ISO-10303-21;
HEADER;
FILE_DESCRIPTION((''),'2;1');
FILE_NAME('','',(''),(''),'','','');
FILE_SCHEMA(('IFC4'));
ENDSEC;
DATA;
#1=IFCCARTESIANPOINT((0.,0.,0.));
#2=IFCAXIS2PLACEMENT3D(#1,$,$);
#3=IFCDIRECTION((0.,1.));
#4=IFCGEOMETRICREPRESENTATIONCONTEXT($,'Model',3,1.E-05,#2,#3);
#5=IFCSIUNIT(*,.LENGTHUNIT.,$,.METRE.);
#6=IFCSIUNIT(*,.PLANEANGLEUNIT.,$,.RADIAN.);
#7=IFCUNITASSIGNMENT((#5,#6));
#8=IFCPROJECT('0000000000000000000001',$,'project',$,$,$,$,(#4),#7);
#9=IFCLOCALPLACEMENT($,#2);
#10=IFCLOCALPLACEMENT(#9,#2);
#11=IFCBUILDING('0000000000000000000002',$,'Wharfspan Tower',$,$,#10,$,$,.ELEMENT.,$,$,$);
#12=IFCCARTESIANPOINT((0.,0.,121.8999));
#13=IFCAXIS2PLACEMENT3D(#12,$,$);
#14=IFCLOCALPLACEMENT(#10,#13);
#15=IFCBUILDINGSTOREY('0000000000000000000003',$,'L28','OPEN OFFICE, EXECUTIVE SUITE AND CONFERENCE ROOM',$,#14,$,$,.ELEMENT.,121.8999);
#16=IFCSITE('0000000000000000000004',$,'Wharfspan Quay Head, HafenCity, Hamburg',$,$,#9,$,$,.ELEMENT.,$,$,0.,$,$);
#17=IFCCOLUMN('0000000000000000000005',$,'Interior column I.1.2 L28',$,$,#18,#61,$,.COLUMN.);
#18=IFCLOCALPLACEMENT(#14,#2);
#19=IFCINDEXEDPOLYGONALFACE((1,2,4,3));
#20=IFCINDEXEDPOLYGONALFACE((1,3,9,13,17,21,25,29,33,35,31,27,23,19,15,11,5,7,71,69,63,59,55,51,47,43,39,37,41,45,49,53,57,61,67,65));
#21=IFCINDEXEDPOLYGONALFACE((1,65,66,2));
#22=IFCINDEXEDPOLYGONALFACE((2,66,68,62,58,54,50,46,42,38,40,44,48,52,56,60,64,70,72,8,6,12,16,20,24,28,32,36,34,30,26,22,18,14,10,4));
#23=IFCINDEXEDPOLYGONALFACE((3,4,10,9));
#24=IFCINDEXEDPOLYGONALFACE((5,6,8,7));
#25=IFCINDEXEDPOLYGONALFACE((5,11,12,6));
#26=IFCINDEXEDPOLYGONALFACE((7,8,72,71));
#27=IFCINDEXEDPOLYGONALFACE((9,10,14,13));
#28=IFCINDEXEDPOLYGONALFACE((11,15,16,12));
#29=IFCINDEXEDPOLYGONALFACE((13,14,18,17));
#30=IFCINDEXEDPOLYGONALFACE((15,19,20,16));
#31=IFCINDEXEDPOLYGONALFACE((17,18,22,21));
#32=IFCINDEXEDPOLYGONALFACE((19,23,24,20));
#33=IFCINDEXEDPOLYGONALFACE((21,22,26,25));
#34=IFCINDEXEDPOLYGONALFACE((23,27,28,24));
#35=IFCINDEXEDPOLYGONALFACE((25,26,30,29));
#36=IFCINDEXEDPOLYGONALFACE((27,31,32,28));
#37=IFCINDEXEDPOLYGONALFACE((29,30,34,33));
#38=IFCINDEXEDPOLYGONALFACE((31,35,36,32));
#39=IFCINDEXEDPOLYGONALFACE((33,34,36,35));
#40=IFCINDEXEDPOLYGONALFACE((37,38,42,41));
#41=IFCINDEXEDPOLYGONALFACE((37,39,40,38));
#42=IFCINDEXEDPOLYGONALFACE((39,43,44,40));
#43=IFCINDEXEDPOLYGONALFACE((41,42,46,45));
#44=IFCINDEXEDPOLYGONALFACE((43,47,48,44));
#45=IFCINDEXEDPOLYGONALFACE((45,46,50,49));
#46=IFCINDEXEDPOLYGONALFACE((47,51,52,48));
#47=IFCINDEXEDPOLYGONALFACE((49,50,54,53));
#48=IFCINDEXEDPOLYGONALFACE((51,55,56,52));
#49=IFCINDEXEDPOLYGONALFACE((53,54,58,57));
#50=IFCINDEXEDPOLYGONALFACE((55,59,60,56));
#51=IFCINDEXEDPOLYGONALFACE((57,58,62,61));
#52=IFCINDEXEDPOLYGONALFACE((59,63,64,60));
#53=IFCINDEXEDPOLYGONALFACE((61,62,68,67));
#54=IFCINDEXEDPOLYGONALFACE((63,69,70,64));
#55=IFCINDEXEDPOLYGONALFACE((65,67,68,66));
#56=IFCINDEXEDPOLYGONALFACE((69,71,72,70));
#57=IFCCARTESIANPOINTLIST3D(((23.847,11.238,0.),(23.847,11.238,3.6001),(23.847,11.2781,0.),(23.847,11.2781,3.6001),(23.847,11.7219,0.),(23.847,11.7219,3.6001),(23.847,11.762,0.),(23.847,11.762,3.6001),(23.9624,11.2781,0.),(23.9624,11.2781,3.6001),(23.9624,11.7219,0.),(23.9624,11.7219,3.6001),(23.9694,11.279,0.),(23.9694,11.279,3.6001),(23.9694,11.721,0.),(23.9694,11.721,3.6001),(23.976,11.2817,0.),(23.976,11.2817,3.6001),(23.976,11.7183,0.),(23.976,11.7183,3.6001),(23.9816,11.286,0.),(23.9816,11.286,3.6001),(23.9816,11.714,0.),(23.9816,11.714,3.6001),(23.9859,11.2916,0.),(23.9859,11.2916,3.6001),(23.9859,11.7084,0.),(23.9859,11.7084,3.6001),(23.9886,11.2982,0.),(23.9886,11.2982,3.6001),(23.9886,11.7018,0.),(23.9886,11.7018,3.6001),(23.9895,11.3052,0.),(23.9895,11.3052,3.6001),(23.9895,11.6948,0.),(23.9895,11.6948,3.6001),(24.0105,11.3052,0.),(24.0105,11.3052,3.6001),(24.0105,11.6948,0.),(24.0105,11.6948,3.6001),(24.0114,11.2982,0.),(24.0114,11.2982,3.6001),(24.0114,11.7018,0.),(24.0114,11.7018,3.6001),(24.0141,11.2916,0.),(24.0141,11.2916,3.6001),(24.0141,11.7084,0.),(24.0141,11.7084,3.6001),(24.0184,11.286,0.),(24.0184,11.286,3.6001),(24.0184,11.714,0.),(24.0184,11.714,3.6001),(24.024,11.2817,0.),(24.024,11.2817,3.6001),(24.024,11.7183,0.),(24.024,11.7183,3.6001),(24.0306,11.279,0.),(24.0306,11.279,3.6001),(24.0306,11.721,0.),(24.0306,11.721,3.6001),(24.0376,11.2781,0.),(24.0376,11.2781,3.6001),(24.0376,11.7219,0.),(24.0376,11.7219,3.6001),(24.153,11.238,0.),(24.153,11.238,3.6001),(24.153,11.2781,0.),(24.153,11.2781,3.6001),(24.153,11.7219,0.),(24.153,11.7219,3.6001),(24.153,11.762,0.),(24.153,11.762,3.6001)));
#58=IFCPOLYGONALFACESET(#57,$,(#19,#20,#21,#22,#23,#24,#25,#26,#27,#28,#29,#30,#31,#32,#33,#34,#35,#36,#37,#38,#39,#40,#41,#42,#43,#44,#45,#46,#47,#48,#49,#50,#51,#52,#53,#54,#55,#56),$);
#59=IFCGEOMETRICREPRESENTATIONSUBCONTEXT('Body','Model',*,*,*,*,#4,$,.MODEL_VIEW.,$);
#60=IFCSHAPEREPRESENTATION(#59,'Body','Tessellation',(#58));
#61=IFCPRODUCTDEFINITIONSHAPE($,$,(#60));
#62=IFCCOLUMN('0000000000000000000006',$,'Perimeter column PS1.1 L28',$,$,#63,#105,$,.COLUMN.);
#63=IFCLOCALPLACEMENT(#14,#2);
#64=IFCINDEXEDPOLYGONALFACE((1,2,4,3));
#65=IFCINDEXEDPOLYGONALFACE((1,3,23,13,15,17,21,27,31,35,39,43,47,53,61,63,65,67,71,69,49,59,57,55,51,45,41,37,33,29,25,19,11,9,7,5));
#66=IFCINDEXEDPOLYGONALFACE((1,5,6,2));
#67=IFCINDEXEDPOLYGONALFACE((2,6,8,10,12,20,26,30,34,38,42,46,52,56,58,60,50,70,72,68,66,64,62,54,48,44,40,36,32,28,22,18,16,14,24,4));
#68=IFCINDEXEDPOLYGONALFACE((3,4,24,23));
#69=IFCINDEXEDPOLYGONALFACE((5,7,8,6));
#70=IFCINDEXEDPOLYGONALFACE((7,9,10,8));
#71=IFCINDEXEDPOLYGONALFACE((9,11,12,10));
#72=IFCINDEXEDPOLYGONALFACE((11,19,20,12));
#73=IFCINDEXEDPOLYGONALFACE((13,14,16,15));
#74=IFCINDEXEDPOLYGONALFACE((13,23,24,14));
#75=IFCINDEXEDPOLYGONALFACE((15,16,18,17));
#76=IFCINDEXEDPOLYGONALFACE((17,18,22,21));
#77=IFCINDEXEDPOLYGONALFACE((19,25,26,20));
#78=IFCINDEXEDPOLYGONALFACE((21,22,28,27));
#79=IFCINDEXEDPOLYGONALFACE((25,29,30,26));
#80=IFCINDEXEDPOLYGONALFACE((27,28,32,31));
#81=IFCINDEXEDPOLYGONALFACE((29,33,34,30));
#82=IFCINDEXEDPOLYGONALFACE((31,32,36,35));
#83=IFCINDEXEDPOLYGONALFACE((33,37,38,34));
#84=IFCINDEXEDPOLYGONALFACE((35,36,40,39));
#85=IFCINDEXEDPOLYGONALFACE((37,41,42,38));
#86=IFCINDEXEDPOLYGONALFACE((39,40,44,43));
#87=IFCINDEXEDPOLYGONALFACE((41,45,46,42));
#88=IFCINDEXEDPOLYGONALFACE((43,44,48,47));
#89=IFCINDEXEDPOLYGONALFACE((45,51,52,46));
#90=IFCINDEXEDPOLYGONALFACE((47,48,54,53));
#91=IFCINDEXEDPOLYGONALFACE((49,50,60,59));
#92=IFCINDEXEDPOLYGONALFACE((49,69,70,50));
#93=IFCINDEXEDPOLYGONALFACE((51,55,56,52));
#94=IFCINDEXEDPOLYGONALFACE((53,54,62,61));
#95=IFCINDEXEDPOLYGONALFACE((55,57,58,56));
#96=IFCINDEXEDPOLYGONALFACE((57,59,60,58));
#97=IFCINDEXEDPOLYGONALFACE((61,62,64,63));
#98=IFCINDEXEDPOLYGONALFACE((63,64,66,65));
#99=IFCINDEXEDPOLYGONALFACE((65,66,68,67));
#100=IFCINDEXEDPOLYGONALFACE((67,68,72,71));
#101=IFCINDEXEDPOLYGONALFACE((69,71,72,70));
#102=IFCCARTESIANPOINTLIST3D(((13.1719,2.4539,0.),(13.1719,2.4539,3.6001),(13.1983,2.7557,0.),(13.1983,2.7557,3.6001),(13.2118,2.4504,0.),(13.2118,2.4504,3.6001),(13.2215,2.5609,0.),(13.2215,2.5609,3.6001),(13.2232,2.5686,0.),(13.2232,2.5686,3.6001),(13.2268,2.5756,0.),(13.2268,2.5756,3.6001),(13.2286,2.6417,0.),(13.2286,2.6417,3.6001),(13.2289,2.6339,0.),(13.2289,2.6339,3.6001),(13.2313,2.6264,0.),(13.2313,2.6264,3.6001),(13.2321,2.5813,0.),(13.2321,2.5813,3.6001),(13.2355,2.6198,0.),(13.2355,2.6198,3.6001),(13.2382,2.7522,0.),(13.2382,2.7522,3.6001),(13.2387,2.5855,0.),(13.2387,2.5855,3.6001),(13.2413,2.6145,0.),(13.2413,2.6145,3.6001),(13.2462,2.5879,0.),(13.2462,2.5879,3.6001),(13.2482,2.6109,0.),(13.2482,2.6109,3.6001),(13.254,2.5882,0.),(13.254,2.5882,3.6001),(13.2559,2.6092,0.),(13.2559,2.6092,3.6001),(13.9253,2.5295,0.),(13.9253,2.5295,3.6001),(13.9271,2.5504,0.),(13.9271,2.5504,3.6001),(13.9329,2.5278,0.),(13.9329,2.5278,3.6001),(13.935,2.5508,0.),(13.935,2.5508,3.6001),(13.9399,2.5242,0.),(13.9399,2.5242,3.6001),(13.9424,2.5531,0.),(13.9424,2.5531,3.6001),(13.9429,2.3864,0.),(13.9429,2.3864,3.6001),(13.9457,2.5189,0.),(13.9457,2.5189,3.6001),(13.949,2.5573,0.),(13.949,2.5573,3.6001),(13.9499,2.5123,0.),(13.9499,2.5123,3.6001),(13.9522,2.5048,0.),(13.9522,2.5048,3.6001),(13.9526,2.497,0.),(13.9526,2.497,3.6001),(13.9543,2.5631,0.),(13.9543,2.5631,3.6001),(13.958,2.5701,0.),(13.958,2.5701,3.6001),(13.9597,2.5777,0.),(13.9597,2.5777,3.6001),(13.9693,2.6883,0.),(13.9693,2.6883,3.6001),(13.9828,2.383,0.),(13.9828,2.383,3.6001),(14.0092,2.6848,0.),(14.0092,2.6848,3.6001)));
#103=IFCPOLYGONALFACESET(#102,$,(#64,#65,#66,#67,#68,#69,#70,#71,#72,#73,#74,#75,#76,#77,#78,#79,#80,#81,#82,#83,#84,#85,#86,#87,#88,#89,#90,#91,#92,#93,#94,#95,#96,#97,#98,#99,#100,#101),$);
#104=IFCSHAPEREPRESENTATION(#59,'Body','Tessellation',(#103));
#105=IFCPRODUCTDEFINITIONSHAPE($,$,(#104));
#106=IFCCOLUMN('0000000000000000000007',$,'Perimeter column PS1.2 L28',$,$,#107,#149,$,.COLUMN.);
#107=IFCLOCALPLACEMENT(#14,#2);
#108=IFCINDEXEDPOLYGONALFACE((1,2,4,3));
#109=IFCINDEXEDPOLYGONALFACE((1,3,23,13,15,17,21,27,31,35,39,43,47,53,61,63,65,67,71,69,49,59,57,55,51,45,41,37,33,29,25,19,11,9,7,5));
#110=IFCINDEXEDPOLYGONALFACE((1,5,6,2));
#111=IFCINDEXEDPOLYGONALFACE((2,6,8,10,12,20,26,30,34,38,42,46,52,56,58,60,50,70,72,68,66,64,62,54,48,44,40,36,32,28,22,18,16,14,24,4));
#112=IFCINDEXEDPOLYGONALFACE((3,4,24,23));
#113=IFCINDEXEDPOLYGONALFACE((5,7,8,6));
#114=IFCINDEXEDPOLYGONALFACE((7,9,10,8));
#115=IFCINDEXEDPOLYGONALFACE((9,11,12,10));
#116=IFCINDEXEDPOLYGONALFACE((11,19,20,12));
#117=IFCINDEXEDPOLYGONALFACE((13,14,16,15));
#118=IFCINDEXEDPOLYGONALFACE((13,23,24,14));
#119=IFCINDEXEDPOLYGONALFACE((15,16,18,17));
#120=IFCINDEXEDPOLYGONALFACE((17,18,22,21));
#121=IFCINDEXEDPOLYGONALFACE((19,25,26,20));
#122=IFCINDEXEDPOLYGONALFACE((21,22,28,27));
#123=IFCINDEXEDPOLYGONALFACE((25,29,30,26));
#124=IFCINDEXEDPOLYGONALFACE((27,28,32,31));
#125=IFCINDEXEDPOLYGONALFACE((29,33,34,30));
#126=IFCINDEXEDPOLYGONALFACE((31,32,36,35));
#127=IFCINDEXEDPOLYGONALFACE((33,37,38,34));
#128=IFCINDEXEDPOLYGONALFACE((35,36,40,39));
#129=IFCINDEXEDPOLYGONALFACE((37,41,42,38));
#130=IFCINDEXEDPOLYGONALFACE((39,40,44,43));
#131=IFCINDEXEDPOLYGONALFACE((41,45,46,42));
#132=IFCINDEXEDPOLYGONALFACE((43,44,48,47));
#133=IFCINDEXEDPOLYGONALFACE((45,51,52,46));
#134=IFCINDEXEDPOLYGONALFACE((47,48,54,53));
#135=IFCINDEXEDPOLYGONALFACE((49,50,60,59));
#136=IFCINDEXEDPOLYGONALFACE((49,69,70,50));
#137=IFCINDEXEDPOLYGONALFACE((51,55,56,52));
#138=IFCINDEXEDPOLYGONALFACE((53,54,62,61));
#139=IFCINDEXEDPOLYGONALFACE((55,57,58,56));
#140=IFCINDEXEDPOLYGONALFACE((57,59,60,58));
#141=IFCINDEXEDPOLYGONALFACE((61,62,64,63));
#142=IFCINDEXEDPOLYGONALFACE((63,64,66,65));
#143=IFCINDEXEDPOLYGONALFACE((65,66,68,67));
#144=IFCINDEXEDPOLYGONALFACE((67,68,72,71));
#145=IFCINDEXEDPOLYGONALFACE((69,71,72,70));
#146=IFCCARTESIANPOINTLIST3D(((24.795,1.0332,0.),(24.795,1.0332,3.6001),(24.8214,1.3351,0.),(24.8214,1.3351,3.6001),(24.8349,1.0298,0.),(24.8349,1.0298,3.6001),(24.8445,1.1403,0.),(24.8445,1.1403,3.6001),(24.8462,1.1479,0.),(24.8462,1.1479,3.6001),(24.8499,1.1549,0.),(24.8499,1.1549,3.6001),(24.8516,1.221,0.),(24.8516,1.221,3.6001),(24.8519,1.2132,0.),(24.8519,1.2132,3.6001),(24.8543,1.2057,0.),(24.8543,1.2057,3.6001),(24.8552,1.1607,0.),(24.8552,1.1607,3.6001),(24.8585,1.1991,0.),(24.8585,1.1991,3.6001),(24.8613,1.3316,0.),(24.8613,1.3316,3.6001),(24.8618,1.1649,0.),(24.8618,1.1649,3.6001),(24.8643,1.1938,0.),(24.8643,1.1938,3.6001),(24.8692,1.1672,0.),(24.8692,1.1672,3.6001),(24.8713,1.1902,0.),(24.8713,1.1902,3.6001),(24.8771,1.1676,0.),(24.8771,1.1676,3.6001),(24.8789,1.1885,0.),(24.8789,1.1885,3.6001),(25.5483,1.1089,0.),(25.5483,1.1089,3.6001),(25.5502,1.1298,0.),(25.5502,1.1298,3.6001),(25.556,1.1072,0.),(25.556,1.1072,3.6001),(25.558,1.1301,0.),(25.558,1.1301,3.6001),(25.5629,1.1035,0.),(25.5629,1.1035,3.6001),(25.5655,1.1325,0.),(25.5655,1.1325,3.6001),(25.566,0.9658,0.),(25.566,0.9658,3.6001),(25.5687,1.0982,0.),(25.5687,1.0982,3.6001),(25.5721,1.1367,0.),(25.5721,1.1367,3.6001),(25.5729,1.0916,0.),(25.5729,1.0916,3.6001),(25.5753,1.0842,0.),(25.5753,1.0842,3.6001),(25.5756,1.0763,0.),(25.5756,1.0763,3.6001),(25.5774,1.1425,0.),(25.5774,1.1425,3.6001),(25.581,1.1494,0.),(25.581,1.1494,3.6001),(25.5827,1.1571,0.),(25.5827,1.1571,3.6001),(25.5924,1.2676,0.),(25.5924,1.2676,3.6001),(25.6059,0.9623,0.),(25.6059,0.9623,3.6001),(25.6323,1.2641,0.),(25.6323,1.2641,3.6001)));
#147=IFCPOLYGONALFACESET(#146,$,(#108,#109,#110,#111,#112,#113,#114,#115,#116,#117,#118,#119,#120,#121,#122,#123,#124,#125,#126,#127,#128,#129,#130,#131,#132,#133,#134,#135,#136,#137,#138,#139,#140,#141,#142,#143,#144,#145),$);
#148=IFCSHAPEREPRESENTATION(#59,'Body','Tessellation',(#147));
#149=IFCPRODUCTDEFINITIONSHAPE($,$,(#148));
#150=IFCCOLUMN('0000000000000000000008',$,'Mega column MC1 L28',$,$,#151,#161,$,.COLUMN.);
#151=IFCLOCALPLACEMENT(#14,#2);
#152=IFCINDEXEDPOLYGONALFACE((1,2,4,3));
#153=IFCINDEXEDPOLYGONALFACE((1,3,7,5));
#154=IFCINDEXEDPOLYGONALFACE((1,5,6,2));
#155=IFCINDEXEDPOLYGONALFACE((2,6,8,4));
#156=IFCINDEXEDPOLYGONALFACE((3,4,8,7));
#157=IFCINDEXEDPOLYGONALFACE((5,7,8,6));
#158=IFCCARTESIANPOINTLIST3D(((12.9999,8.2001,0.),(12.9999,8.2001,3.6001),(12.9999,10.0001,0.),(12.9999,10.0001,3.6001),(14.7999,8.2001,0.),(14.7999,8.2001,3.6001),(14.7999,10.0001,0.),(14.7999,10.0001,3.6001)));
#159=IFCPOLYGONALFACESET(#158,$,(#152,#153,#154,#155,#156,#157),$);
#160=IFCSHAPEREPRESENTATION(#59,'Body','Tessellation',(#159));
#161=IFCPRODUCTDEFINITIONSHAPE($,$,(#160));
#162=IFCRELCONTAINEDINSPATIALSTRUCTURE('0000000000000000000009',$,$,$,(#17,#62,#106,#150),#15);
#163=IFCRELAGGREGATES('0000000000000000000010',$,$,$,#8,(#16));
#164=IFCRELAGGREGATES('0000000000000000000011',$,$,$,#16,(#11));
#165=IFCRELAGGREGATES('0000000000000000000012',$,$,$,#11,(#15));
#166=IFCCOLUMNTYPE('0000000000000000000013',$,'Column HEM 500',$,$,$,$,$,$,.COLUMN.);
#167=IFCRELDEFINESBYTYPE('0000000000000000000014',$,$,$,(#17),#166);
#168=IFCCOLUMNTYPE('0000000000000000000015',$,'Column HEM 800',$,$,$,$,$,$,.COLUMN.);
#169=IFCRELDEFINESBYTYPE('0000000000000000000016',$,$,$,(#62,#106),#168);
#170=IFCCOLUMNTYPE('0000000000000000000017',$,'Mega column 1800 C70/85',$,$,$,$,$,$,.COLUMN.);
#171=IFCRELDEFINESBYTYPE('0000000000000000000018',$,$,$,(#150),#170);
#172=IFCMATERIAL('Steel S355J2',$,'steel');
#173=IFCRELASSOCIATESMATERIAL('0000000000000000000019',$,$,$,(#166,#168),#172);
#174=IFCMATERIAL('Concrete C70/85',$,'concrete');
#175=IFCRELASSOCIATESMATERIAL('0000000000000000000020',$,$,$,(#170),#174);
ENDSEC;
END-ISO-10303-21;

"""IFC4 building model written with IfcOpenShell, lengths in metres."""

from ifc_helpers import new_model, si_unit, direction, frame, origin, origin_2d, place, context, subcontext, project, spatial, rectangle, i_section, extrude, material, material_profile, profile_set, type_object, element, save


model = new_model("IFC4")

# Units and contexts
model_context = context("Model", 3, precision=1e-05, world=origin(), true_north=direction((0.0, 1.0)))
body_context = subcontext(model_context, "Body", "Model", "MODEL_VIEW")
ifc_project = project(units=[si_unit("LENGTHUNIT", "METRE"), si_unit("PLANEANGLEUNIT", "RADIAN")], contexts=[model_context])

# Site, building, storey
site_placement = place(None, origin())
site = spatial("IfcSite", under=ifc_project, at=site_placement, Name="Wharfspan Quay Head, HafenCity, Hamburg", CompositionType="ELEMENT", RefElevation=0.0)
building_placement = place(site_placement, origin())
building = spatial("IfcBuilding", under=site, at=building_placement, Name="Wharfspan Tower", CompositionType="ELEMENT")
storey_placement = place(building_placement, frame((0.0, 0.0, 121.8999)))
storey = spatial("IfcBuildingStorey", under=building, at=storey_placement, Name="L28", Description="OPEN OFFICE, EXECUTIVE SUITE AND CONFERENCE ROOM", CompositionType="ELEMENT", Elevation=121.8999)

# Columns
ifc_material_1 = material(Name="Steel S355J2", Category="steel")
ifc_material_profile_1 = material_profile(ifc_material_1, i_section(OverallWidth=0.3059, OverallDepth=0.5239, WebThickness=0.021, FlangeThickness=0.04, FilletRadius=0.0271, at=origin_2d()))
ifc_profile_set_1 = profile_set([ifc_material_profile_1], Name="Steel S355J2")
column_type_1 = type_object("IfcColumnType", Name="Column HEM 500", PredefinedType="COLUMN", material=ifc_profile_set_1)
column_1_placement = place(storey_placement, frame((24.0, 11.5, 0.0), z_axis=(0.0, 0.0, 1.0), x_axis=(1.0, 0.0, 0.0)))
element("IfcColumn", 1, at=column_1_placement, inside=storey, type_object=column_type_1, Name="Interior column I.1.2 L28", PredefinedType="COLUMN", context=body_context, shape_type="SweptSolid", body=[
    extrude(i_section(OverallWidth=0.3059, OverallDepth=0.5239, WebThickness=0.021, FlangeThickness=0.04, FilletRadius=0.0271, at=origin_2d()), origin(), (0.0, 0.0, 1.0), 3.6001),
])
ifc_material_profile_2 = material_profile(ifc_material_1, i_section(OverallWidth=0.303, OverallDepth=0.814, WebThickness=0.021, FlangeThickness=0.04, FilletRadius=0.03, at=origin_2d()))
ifc_profile_set_2 = profile_set([ifc_material_profile_2], Name="Steel S355J2")
column_type_2 = type_object("IfcColumnType", Name="Column HEM 800", PredefinedType="COLUMN", material=ifc_profile_set_2)
for number, where, z_axis, x_axis, name in (
    (2, (13.5906, 2.5693, 0.0), (0.0, 0.0, 1.0), (-0.087156, -0.996198, 0.0), "Perimeter column PS1.1 L28"),
    (3, (25.2136, 1.1487, 0.0), (0.0, 0.0, 1.0), (-0.087156, -0.996198, 0.0), "Perimeter column PS1.2 L28"),
):
    element("IfcColumn", number, at=place(storey_placement, frame(where, z_axis=z_axis, x_axis=x_axis)), inside=storey, type_object=column_type_2, Name=name, PredefinedType="COLUMN", context=body_context, shape_type="SweptSolid", body=[
        extrude(i_section(OverallWidth=0.303, OverallDepth=0.814, WebThickness=0.021, FlangeThickness=0.04, FilletRadius=0.03, at=origin_2d()), origin(), (0.0, 0.0, 1.0), 3.6001),
    ])
ifc_material_2 = material(Name="Concrete C70/85", Category="concrete")
ifc_material_profile_3 = material_profile(ifc_material_2, rectangle(XDim=1.8, YDim=1.8, at=origin_2d()))
ifc_profile_set_3 = profile_set([ifc_material_profile_3], Name="Concrete C70/85")
column_type_3 = type_object("IfcColumnType", Name="Mega column 1800 C70/85", PredefinedType="COLUMN", material=ifc_profile_set_3)
column_2_placement = place(storey_placement, frame((13.8999, 9.1001, 0.0), z_axis=(0.0, 0.0, 1.0), x_axis=(1.0, 0.0, 0.0)))
element("IfcColumn", 4, at=column_2_placement, inside=storey, type_object=column_type_3, Name="Mega column MC1 L28", PredefinedType="COLUMN", context=body_context, shape_type="SweptSolid", body=[
    extrude(rectangle(XDim=1.8, YDim=1.8, at=origin_2d()), origin(), (0.0, 0.0, 1.0), 3.6001),
])

save(model, "model.ifc")
